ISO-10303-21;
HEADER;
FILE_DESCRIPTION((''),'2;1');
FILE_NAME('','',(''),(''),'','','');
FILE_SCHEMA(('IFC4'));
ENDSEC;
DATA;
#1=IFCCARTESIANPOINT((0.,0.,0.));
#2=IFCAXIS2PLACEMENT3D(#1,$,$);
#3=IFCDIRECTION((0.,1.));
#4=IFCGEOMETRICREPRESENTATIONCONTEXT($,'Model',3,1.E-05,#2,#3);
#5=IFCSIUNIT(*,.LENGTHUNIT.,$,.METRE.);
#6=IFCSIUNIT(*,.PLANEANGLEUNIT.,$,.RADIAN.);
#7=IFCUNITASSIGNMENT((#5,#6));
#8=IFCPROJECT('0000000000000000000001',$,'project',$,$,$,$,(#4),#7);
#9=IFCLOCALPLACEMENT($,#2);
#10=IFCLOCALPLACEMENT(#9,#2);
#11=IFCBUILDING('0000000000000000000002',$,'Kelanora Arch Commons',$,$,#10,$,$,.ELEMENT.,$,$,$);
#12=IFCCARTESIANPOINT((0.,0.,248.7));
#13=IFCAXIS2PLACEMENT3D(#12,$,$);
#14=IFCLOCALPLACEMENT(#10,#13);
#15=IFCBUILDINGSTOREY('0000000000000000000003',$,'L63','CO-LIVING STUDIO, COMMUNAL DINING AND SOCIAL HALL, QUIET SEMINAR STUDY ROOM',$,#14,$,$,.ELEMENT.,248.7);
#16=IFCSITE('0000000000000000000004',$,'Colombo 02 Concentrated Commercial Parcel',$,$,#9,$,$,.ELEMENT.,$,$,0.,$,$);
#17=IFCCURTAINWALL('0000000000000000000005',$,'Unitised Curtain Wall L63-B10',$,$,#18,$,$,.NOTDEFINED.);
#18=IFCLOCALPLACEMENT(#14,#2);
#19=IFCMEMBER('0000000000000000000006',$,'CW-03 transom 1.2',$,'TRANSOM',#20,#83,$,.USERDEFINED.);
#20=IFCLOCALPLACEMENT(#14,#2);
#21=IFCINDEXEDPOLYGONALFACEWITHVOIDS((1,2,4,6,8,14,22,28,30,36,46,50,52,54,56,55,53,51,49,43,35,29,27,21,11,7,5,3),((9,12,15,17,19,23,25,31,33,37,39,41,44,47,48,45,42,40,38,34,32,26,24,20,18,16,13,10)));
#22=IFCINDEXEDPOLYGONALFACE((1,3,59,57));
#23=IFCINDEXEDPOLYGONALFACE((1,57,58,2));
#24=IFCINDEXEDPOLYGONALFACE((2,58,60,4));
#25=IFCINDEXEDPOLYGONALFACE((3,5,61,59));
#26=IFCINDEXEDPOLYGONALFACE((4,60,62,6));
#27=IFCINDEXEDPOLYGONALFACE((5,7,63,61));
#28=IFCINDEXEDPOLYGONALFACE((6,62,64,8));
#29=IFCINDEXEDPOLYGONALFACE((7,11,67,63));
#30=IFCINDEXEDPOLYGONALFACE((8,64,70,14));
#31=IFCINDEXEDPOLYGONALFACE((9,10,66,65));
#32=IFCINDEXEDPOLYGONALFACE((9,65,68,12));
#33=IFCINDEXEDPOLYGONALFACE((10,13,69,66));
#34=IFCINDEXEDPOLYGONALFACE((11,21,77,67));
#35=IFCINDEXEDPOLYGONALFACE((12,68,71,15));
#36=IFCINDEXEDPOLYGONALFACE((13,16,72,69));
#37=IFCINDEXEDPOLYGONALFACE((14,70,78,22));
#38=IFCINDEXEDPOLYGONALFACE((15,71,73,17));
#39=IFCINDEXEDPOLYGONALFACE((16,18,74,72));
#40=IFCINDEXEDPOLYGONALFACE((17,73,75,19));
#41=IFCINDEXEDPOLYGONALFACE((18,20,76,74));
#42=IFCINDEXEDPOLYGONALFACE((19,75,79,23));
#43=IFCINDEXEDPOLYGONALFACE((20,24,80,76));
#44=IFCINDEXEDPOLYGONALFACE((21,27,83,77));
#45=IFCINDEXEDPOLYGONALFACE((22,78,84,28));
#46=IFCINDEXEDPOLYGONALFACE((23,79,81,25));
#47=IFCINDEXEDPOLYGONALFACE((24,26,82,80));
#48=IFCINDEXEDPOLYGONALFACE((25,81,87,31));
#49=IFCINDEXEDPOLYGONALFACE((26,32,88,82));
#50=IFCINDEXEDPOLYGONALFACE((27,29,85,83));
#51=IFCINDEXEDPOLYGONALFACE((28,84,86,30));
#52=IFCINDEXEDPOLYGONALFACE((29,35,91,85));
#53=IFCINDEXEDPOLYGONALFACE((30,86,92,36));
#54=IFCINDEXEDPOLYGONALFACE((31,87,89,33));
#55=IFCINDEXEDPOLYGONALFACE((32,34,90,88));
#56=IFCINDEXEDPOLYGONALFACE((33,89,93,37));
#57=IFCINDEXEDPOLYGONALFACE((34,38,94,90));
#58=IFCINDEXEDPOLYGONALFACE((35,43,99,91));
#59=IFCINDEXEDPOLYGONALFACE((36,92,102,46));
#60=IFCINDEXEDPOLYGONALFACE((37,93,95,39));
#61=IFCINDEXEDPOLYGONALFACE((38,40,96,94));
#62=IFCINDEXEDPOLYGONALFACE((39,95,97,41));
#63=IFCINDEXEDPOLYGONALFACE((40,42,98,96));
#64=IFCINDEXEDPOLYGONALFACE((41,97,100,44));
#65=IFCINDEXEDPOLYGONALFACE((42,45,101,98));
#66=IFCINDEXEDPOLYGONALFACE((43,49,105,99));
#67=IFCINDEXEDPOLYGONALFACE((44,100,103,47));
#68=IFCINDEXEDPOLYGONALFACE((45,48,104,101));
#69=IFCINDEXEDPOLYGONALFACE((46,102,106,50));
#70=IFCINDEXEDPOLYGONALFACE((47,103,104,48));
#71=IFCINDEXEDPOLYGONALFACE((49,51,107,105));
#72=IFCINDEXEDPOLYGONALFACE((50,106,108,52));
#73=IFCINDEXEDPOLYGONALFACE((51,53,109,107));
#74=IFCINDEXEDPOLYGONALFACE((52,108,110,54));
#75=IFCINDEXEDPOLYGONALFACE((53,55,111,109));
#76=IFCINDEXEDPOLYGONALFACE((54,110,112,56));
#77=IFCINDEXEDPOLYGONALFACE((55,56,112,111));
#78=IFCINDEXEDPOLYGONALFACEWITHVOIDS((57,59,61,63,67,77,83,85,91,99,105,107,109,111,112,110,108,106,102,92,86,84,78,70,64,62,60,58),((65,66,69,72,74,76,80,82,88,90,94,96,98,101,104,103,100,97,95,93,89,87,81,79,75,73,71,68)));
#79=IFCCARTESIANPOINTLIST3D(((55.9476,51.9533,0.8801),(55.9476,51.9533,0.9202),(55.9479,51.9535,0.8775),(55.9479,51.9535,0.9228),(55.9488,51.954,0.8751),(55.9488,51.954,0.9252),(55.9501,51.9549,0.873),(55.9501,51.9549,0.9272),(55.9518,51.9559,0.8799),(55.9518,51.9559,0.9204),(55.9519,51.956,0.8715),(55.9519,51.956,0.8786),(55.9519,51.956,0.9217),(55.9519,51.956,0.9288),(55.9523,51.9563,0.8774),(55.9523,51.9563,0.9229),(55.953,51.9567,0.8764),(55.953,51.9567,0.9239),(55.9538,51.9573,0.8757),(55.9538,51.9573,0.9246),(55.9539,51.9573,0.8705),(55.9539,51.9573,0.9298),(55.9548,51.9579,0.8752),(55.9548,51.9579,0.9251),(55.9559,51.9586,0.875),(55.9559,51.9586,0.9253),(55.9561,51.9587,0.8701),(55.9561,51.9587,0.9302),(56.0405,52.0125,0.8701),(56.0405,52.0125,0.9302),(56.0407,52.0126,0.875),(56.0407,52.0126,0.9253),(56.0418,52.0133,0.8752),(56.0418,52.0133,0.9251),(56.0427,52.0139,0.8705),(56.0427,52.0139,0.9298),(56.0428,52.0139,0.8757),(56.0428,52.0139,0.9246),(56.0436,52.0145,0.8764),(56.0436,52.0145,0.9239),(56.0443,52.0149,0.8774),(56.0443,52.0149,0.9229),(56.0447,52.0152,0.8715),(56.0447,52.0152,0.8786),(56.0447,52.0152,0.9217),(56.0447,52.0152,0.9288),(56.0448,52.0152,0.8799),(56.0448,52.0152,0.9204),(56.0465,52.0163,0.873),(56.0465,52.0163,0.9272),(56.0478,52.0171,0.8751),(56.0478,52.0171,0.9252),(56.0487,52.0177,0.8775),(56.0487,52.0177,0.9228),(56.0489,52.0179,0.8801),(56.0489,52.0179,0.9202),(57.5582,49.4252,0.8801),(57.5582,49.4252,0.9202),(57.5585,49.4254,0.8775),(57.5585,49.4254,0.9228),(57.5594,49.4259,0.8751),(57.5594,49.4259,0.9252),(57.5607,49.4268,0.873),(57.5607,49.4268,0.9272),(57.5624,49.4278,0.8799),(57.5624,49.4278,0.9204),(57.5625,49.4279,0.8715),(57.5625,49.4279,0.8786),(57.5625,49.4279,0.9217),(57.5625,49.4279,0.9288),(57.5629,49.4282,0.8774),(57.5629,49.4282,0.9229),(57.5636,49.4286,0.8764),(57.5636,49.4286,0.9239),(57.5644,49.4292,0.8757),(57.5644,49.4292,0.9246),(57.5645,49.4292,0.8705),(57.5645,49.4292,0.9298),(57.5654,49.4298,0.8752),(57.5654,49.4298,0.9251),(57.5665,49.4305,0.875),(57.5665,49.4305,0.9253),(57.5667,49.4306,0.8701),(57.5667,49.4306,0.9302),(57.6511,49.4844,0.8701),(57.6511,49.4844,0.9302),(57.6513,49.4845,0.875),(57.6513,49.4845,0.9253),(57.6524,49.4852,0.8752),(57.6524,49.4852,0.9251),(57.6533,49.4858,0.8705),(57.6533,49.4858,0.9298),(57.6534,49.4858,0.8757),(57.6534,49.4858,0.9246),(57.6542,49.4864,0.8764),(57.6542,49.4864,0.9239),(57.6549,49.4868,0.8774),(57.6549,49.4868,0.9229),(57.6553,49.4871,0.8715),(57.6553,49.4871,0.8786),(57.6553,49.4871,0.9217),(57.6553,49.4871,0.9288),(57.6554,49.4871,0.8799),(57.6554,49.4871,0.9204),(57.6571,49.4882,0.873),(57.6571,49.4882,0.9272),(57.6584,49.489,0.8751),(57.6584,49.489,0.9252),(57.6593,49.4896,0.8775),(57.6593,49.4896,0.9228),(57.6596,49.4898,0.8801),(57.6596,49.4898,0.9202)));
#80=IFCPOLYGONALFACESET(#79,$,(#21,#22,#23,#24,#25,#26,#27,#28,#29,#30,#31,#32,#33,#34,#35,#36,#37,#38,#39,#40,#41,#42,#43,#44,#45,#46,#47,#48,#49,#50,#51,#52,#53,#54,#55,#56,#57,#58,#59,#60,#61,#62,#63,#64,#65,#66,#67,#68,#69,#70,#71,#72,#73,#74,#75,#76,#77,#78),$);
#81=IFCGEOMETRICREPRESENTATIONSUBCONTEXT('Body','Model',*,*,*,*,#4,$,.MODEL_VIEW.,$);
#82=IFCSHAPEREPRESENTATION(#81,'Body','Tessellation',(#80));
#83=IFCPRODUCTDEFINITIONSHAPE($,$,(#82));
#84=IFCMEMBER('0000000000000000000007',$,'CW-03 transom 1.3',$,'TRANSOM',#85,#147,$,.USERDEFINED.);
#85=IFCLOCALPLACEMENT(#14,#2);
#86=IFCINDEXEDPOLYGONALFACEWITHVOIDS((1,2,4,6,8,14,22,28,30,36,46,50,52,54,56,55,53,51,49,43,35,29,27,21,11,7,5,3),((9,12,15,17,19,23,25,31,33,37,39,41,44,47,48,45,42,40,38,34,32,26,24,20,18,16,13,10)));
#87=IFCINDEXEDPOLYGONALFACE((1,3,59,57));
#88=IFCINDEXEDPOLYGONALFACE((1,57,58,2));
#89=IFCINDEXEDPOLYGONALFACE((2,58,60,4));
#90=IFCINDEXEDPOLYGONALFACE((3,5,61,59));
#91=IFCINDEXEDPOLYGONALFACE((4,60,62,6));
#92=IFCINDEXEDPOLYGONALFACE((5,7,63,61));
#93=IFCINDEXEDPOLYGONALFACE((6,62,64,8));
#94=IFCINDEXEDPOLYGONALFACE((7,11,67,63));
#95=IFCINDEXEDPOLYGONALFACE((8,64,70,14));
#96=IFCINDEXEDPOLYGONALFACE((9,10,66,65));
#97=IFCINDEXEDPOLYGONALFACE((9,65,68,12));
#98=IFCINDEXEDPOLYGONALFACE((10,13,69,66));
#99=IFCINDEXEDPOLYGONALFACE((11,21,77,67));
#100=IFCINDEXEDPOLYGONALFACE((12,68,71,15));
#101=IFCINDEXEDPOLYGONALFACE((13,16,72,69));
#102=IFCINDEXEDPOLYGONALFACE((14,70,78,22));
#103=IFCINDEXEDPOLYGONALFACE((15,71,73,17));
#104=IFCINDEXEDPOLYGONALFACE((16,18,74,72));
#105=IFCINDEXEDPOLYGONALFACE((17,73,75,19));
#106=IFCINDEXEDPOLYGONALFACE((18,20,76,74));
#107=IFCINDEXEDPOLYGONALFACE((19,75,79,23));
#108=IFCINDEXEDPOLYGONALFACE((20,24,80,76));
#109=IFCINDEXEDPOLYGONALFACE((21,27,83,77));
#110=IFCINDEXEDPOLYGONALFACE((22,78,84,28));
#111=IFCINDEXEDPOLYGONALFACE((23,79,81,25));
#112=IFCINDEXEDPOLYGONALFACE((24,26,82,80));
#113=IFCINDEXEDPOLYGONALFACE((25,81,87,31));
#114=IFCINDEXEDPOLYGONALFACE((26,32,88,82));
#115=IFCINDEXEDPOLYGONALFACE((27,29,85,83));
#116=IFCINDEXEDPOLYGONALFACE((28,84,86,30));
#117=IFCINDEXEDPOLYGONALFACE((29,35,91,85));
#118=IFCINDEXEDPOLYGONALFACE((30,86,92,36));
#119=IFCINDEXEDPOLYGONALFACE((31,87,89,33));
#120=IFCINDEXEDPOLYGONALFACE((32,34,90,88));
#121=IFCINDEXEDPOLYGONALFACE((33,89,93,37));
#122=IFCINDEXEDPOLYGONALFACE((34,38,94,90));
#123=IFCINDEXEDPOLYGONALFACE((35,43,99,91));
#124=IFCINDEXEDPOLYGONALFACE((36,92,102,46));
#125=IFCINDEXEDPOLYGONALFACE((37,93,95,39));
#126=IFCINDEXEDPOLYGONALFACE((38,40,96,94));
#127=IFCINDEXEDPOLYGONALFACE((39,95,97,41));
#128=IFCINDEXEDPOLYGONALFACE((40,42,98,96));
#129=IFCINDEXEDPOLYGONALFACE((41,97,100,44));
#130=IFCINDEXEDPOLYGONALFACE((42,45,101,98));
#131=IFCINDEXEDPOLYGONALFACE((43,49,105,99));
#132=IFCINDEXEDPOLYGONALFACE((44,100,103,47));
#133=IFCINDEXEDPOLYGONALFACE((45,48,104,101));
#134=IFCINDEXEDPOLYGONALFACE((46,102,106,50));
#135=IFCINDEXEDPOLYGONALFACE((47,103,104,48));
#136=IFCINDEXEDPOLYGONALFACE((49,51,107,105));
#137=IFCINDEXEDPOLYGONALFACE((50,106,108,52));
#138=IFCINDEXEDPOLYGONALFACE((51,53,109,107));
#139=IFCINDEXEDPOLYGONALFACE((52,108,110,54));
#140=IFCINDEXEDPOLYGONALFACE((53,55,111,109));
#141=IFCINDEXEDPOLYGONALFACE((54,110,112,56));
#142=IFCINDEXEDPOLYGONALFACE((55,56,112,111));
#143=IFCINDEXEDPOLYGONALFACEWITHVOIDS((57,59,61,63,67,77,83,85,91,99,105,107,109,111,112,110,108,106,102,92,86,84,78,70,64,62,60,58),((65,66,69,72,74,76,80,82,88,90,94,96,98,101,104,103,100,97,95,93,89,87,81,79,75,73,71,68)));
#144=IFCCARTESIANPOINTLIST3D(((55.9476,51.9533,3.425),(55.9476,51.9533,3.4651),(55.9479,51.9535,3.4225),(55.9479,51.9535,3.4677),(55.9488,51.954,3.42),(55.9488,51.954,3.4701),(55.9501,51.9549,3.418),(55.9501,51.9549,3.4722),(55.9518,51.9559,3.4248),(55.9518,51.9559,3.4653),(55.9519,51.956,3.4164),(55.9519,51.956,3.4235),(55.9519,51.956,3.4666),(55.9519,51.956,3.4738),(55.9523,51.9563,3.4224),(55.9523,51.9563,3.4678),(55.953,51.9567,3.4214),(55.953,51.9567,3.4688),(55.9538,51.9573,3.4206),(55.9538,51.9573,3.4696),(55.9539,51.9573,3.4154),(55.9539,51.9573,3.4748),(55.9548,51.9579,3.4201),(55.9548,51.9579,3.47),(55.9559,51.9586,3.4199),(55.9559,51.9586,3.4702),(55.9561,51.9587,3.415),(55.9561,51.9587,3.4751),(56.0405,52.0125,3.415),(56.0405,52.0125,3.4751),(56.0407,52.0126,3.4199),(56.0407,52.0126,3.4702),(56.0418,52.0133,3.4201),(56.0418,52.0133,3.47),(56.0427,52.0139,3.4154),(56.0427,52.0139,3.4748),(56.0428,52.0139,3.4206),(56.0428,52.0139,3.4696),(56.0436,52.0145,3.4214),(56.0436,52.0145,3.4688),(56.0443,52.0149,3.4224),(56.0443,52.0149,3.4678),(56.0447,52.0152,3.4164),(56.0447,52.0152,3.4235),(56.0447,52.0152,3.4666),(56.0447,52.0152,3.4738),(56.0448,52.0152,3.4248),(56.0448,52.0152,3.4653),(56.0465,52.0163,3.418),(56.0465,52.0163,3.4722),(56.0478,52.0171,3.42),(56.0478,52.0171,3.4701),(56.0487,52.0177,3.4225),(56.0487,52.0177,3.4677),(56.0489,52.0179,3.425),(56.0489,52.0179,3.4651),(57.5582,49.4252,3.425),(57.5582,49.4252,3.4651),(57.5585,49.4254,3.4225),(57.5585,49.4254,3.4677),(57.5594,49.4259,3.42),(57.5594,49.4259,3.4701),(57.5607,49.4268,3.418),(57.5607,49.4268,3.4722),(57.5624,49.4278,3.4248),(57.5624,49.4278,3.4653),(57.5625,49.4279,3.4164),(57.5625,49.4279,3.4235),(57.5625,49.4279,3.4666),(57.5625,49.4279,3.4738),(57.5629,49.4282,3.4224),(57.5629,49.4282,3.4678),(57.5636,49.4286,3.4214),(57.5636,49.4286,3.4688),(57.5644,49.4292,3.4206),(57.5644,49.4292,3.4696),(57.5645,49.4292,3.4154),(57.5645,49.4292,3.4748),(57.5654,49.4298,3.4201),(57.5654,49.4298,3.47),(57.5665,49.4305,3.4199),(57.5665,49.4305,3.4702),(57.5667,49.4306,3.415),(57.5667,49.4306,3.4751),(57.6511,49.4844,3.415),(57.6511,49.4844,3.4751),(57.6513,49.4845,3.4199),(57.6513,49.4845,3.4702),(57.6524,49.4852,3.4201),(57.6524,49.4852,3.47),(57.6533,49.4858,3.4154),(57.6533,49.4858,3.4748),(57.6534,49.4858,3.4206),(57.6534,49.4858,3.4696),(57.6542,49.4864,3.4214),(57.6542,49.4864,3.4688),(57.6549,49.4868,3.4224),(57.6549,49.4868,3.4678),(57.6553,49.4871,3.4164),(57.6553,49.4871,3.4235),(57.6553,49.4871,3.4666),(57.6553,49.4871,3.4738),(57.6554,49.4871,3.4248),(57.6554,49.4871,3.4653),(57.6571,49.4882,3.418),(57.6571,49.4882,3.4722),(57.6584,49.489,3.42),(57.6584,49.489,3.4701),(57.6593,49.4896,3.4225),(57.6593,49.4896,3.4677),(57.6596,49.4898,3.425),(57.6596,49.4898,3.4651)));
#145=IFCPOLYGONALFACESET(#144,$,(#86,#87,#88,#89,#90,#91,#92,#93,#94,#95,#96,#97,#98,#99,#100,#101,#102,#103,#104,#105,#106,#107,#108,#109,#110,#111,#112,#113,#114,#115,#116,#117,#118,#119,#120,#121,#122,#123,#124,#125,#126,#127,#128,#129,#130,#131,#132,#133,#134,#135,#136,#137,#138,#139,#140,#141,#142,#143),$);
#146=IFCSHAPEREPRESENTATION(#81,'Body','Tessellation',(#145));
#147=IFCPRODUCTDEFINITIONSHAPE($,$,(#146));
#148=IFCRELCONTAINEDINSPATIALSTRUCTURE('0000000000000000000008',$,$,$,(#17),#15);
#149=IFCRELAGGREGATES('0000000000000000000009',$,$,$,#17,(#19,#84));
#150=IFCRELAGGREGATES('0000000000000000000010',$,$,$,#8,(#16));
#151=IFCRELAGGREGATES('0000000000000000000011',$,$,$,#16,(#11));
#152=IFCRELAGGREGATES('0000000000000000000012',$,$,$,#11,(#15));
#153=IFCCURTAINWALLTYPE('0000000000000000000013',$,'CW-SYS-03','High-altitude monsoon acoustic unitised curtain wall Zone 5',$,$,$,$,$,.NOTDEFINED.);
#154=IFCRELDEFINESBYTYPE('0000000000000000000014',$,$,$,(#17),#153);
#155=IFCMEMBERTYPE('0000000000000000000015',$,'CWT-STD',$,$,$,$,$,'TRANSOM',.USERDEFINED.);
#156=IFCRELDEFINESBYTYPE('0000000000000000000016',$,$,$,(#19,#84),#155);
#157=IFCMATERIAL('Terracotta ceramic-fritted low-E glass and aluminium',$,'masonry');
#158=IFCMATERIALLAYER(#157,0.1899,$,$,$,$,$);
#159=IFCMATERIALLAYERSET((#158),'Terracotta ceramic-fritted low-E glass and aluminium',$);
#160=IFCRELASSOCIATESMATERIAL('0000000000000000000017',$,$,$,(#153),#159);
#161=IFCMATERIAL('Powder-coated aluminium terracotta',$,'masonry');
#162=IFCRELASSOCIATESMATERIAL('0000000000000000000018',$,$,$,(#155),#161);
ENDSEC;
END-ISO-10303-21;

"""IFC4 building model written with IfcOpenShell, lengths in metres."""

from ifc_helpers import new_model, si_unit, direction, frame, origin, origin_2d, place, context, subcontext, project, spatial, hollow_rectangle, extrude, material, layer, layer_set, material_profile, profile_set, type_object, element, aggregate, save


model = new_model("IFC4")

# Units and contexts
model_context = context("Model", 3, precision=1e-05, world=origin(), true_north=direction((0.0, 1.0)))
body_context = subcontext(model_context, "Body", "Model", "MODEL_VIEW")
ifc_project = project(units=[si_unit("LENGTHUNIT", "METRE"), si_unit("PLANEANGLEUNIT", "RADIAN")], contexts=[model_context])

# Site, building, storey
site_placement = place(None, origin())
site = spatial("IfcSite", under=ifc_project, at=site_placement, Name="Colombo 02 Concentrated Commercial Parcel", CompositionType="ELEMENT", RefElevation=0.0)
building_placement = place(site_placement, origin())
building = spatial("IfcBuilding", under=site, at=building_placement, Name="Kelanora Arch Commons", CompositionType="ELEMENT")
storey_placement = place(building_placement, frame((0.0, 0.0, 248.7)))
storey = spatial("IfcBuildingStorey", under=building, at=storey_placement, Name="L63", Description="CO-LIVING STUDIO, COMMUNAL DINING AND SOCIAL HALL, QUIET SEMINAR STUDY ROOM", CompositionType="ELEMENT", Elevation=248.7)

# Shared definitions
ifc_material_1 = material(Name="Terracotta ceramic-fritted low-E glass and aluminium", Category="masonry")
ifc_layer_1 = layer(ifc_material_1, 0.1899)
ifc_layer_set_1 = layer_set([ifc_layer_1], Name="Terracotta ceramic-fritted low-E glass and aluminium")
curtain_wall_type = type_object("IfcCurtainWallType", Name="CW-SYS-03", Description="High-altitude monsoon acoustic unitised curtain wall Zone 5", PredefinedType="NOTDEFINED", material=ifc_layer_set_1)
ifc_material_2 = material(Name="Powder-coated aluminium terracotta", Category="masonry")

# Curtain wall, members
curtain_wall_1_placement = place(storey_placement, origin())
curtain_wall_1 = element("IfcCurtainWall", 1, at=curtain_wall_1_placement, inside=storey, type_object=curtain_wall_type, Name="Unitised Curtain Wall L63-B10", PredefinedType="NOTDEFINED")
ifc_material_profile_1 = material_profile(ifc_material_2, hollow_rectangle(XDim=0.1201, YDim=0.0601, WallThickness=0.0049, InnerFilletRadius=0.0049, OuterFilletRadius=0.01, at=origin_2d()), Name="CWT120x60")
ifc_profile_set_1 = profile_set([ifc_material_profile_1], Name="Powder-coated aluminium terracotta")
member_type_1 = type_object("IfcMemberType", Name="CWT-STD", ElementType="TRANSOM", PredefinedType="USERDEFINED", material=ifc_profile_set_1)
member_1_placement = place(storey_placement, frame((55.9983, 51.9856, 0.9001), z_axis=(0.537308, -0.843386, 0.0), x_axis=(0.843386, 0.537308, 0.0)))
member_1 = element("IfcMember", 2, at=member_1_placement, type_object=member_type_1, Name="CW-03 transom 1.2", ObjectType="TRANSOM", PredefinedType="USERDEFINED", context=body_context, shape_type="SweptSolid", body=[
    extrude(hollow_rectangle(XDim=0.1201, YDim=0.0601, WallThickness=0.0049, InnerFilletRadius=0.0049, OuterFilletRadius=0.01, at=origin_2d()), origin(), (0.0, 0.0, 1.0), 2.9976),
])
member_2_placement = place(storey_placement, frame((55.9983, 51.9856, 3.4451), z_axis=(0.537308, -0.843386, 0.0), x_axis=(0.843386, 0.537308, 0.0)))
member_2 = element("IfcMember", 3, at=member_2_placement, type_object=member_type_1, Name="CW-03 transom 1.3", ObjectType="TRANSOM", PredefinedType="USERDEFINED", context=body_context, shape_type="SweptSolid", body=[
    extrude(hollow_rectangle(XDim=0.1201, YDim=0.0601, WallThickness=0.0049, InnerFilletRadius=0.0049, OuterFilletRadius=0.01, at=origin_2d()), origin(), (0.0, 0.0, 1.0), 2.9976),
])

aggregate(curtain_wall_1, [member_1, member_2])

save(model, "model.ifc")
